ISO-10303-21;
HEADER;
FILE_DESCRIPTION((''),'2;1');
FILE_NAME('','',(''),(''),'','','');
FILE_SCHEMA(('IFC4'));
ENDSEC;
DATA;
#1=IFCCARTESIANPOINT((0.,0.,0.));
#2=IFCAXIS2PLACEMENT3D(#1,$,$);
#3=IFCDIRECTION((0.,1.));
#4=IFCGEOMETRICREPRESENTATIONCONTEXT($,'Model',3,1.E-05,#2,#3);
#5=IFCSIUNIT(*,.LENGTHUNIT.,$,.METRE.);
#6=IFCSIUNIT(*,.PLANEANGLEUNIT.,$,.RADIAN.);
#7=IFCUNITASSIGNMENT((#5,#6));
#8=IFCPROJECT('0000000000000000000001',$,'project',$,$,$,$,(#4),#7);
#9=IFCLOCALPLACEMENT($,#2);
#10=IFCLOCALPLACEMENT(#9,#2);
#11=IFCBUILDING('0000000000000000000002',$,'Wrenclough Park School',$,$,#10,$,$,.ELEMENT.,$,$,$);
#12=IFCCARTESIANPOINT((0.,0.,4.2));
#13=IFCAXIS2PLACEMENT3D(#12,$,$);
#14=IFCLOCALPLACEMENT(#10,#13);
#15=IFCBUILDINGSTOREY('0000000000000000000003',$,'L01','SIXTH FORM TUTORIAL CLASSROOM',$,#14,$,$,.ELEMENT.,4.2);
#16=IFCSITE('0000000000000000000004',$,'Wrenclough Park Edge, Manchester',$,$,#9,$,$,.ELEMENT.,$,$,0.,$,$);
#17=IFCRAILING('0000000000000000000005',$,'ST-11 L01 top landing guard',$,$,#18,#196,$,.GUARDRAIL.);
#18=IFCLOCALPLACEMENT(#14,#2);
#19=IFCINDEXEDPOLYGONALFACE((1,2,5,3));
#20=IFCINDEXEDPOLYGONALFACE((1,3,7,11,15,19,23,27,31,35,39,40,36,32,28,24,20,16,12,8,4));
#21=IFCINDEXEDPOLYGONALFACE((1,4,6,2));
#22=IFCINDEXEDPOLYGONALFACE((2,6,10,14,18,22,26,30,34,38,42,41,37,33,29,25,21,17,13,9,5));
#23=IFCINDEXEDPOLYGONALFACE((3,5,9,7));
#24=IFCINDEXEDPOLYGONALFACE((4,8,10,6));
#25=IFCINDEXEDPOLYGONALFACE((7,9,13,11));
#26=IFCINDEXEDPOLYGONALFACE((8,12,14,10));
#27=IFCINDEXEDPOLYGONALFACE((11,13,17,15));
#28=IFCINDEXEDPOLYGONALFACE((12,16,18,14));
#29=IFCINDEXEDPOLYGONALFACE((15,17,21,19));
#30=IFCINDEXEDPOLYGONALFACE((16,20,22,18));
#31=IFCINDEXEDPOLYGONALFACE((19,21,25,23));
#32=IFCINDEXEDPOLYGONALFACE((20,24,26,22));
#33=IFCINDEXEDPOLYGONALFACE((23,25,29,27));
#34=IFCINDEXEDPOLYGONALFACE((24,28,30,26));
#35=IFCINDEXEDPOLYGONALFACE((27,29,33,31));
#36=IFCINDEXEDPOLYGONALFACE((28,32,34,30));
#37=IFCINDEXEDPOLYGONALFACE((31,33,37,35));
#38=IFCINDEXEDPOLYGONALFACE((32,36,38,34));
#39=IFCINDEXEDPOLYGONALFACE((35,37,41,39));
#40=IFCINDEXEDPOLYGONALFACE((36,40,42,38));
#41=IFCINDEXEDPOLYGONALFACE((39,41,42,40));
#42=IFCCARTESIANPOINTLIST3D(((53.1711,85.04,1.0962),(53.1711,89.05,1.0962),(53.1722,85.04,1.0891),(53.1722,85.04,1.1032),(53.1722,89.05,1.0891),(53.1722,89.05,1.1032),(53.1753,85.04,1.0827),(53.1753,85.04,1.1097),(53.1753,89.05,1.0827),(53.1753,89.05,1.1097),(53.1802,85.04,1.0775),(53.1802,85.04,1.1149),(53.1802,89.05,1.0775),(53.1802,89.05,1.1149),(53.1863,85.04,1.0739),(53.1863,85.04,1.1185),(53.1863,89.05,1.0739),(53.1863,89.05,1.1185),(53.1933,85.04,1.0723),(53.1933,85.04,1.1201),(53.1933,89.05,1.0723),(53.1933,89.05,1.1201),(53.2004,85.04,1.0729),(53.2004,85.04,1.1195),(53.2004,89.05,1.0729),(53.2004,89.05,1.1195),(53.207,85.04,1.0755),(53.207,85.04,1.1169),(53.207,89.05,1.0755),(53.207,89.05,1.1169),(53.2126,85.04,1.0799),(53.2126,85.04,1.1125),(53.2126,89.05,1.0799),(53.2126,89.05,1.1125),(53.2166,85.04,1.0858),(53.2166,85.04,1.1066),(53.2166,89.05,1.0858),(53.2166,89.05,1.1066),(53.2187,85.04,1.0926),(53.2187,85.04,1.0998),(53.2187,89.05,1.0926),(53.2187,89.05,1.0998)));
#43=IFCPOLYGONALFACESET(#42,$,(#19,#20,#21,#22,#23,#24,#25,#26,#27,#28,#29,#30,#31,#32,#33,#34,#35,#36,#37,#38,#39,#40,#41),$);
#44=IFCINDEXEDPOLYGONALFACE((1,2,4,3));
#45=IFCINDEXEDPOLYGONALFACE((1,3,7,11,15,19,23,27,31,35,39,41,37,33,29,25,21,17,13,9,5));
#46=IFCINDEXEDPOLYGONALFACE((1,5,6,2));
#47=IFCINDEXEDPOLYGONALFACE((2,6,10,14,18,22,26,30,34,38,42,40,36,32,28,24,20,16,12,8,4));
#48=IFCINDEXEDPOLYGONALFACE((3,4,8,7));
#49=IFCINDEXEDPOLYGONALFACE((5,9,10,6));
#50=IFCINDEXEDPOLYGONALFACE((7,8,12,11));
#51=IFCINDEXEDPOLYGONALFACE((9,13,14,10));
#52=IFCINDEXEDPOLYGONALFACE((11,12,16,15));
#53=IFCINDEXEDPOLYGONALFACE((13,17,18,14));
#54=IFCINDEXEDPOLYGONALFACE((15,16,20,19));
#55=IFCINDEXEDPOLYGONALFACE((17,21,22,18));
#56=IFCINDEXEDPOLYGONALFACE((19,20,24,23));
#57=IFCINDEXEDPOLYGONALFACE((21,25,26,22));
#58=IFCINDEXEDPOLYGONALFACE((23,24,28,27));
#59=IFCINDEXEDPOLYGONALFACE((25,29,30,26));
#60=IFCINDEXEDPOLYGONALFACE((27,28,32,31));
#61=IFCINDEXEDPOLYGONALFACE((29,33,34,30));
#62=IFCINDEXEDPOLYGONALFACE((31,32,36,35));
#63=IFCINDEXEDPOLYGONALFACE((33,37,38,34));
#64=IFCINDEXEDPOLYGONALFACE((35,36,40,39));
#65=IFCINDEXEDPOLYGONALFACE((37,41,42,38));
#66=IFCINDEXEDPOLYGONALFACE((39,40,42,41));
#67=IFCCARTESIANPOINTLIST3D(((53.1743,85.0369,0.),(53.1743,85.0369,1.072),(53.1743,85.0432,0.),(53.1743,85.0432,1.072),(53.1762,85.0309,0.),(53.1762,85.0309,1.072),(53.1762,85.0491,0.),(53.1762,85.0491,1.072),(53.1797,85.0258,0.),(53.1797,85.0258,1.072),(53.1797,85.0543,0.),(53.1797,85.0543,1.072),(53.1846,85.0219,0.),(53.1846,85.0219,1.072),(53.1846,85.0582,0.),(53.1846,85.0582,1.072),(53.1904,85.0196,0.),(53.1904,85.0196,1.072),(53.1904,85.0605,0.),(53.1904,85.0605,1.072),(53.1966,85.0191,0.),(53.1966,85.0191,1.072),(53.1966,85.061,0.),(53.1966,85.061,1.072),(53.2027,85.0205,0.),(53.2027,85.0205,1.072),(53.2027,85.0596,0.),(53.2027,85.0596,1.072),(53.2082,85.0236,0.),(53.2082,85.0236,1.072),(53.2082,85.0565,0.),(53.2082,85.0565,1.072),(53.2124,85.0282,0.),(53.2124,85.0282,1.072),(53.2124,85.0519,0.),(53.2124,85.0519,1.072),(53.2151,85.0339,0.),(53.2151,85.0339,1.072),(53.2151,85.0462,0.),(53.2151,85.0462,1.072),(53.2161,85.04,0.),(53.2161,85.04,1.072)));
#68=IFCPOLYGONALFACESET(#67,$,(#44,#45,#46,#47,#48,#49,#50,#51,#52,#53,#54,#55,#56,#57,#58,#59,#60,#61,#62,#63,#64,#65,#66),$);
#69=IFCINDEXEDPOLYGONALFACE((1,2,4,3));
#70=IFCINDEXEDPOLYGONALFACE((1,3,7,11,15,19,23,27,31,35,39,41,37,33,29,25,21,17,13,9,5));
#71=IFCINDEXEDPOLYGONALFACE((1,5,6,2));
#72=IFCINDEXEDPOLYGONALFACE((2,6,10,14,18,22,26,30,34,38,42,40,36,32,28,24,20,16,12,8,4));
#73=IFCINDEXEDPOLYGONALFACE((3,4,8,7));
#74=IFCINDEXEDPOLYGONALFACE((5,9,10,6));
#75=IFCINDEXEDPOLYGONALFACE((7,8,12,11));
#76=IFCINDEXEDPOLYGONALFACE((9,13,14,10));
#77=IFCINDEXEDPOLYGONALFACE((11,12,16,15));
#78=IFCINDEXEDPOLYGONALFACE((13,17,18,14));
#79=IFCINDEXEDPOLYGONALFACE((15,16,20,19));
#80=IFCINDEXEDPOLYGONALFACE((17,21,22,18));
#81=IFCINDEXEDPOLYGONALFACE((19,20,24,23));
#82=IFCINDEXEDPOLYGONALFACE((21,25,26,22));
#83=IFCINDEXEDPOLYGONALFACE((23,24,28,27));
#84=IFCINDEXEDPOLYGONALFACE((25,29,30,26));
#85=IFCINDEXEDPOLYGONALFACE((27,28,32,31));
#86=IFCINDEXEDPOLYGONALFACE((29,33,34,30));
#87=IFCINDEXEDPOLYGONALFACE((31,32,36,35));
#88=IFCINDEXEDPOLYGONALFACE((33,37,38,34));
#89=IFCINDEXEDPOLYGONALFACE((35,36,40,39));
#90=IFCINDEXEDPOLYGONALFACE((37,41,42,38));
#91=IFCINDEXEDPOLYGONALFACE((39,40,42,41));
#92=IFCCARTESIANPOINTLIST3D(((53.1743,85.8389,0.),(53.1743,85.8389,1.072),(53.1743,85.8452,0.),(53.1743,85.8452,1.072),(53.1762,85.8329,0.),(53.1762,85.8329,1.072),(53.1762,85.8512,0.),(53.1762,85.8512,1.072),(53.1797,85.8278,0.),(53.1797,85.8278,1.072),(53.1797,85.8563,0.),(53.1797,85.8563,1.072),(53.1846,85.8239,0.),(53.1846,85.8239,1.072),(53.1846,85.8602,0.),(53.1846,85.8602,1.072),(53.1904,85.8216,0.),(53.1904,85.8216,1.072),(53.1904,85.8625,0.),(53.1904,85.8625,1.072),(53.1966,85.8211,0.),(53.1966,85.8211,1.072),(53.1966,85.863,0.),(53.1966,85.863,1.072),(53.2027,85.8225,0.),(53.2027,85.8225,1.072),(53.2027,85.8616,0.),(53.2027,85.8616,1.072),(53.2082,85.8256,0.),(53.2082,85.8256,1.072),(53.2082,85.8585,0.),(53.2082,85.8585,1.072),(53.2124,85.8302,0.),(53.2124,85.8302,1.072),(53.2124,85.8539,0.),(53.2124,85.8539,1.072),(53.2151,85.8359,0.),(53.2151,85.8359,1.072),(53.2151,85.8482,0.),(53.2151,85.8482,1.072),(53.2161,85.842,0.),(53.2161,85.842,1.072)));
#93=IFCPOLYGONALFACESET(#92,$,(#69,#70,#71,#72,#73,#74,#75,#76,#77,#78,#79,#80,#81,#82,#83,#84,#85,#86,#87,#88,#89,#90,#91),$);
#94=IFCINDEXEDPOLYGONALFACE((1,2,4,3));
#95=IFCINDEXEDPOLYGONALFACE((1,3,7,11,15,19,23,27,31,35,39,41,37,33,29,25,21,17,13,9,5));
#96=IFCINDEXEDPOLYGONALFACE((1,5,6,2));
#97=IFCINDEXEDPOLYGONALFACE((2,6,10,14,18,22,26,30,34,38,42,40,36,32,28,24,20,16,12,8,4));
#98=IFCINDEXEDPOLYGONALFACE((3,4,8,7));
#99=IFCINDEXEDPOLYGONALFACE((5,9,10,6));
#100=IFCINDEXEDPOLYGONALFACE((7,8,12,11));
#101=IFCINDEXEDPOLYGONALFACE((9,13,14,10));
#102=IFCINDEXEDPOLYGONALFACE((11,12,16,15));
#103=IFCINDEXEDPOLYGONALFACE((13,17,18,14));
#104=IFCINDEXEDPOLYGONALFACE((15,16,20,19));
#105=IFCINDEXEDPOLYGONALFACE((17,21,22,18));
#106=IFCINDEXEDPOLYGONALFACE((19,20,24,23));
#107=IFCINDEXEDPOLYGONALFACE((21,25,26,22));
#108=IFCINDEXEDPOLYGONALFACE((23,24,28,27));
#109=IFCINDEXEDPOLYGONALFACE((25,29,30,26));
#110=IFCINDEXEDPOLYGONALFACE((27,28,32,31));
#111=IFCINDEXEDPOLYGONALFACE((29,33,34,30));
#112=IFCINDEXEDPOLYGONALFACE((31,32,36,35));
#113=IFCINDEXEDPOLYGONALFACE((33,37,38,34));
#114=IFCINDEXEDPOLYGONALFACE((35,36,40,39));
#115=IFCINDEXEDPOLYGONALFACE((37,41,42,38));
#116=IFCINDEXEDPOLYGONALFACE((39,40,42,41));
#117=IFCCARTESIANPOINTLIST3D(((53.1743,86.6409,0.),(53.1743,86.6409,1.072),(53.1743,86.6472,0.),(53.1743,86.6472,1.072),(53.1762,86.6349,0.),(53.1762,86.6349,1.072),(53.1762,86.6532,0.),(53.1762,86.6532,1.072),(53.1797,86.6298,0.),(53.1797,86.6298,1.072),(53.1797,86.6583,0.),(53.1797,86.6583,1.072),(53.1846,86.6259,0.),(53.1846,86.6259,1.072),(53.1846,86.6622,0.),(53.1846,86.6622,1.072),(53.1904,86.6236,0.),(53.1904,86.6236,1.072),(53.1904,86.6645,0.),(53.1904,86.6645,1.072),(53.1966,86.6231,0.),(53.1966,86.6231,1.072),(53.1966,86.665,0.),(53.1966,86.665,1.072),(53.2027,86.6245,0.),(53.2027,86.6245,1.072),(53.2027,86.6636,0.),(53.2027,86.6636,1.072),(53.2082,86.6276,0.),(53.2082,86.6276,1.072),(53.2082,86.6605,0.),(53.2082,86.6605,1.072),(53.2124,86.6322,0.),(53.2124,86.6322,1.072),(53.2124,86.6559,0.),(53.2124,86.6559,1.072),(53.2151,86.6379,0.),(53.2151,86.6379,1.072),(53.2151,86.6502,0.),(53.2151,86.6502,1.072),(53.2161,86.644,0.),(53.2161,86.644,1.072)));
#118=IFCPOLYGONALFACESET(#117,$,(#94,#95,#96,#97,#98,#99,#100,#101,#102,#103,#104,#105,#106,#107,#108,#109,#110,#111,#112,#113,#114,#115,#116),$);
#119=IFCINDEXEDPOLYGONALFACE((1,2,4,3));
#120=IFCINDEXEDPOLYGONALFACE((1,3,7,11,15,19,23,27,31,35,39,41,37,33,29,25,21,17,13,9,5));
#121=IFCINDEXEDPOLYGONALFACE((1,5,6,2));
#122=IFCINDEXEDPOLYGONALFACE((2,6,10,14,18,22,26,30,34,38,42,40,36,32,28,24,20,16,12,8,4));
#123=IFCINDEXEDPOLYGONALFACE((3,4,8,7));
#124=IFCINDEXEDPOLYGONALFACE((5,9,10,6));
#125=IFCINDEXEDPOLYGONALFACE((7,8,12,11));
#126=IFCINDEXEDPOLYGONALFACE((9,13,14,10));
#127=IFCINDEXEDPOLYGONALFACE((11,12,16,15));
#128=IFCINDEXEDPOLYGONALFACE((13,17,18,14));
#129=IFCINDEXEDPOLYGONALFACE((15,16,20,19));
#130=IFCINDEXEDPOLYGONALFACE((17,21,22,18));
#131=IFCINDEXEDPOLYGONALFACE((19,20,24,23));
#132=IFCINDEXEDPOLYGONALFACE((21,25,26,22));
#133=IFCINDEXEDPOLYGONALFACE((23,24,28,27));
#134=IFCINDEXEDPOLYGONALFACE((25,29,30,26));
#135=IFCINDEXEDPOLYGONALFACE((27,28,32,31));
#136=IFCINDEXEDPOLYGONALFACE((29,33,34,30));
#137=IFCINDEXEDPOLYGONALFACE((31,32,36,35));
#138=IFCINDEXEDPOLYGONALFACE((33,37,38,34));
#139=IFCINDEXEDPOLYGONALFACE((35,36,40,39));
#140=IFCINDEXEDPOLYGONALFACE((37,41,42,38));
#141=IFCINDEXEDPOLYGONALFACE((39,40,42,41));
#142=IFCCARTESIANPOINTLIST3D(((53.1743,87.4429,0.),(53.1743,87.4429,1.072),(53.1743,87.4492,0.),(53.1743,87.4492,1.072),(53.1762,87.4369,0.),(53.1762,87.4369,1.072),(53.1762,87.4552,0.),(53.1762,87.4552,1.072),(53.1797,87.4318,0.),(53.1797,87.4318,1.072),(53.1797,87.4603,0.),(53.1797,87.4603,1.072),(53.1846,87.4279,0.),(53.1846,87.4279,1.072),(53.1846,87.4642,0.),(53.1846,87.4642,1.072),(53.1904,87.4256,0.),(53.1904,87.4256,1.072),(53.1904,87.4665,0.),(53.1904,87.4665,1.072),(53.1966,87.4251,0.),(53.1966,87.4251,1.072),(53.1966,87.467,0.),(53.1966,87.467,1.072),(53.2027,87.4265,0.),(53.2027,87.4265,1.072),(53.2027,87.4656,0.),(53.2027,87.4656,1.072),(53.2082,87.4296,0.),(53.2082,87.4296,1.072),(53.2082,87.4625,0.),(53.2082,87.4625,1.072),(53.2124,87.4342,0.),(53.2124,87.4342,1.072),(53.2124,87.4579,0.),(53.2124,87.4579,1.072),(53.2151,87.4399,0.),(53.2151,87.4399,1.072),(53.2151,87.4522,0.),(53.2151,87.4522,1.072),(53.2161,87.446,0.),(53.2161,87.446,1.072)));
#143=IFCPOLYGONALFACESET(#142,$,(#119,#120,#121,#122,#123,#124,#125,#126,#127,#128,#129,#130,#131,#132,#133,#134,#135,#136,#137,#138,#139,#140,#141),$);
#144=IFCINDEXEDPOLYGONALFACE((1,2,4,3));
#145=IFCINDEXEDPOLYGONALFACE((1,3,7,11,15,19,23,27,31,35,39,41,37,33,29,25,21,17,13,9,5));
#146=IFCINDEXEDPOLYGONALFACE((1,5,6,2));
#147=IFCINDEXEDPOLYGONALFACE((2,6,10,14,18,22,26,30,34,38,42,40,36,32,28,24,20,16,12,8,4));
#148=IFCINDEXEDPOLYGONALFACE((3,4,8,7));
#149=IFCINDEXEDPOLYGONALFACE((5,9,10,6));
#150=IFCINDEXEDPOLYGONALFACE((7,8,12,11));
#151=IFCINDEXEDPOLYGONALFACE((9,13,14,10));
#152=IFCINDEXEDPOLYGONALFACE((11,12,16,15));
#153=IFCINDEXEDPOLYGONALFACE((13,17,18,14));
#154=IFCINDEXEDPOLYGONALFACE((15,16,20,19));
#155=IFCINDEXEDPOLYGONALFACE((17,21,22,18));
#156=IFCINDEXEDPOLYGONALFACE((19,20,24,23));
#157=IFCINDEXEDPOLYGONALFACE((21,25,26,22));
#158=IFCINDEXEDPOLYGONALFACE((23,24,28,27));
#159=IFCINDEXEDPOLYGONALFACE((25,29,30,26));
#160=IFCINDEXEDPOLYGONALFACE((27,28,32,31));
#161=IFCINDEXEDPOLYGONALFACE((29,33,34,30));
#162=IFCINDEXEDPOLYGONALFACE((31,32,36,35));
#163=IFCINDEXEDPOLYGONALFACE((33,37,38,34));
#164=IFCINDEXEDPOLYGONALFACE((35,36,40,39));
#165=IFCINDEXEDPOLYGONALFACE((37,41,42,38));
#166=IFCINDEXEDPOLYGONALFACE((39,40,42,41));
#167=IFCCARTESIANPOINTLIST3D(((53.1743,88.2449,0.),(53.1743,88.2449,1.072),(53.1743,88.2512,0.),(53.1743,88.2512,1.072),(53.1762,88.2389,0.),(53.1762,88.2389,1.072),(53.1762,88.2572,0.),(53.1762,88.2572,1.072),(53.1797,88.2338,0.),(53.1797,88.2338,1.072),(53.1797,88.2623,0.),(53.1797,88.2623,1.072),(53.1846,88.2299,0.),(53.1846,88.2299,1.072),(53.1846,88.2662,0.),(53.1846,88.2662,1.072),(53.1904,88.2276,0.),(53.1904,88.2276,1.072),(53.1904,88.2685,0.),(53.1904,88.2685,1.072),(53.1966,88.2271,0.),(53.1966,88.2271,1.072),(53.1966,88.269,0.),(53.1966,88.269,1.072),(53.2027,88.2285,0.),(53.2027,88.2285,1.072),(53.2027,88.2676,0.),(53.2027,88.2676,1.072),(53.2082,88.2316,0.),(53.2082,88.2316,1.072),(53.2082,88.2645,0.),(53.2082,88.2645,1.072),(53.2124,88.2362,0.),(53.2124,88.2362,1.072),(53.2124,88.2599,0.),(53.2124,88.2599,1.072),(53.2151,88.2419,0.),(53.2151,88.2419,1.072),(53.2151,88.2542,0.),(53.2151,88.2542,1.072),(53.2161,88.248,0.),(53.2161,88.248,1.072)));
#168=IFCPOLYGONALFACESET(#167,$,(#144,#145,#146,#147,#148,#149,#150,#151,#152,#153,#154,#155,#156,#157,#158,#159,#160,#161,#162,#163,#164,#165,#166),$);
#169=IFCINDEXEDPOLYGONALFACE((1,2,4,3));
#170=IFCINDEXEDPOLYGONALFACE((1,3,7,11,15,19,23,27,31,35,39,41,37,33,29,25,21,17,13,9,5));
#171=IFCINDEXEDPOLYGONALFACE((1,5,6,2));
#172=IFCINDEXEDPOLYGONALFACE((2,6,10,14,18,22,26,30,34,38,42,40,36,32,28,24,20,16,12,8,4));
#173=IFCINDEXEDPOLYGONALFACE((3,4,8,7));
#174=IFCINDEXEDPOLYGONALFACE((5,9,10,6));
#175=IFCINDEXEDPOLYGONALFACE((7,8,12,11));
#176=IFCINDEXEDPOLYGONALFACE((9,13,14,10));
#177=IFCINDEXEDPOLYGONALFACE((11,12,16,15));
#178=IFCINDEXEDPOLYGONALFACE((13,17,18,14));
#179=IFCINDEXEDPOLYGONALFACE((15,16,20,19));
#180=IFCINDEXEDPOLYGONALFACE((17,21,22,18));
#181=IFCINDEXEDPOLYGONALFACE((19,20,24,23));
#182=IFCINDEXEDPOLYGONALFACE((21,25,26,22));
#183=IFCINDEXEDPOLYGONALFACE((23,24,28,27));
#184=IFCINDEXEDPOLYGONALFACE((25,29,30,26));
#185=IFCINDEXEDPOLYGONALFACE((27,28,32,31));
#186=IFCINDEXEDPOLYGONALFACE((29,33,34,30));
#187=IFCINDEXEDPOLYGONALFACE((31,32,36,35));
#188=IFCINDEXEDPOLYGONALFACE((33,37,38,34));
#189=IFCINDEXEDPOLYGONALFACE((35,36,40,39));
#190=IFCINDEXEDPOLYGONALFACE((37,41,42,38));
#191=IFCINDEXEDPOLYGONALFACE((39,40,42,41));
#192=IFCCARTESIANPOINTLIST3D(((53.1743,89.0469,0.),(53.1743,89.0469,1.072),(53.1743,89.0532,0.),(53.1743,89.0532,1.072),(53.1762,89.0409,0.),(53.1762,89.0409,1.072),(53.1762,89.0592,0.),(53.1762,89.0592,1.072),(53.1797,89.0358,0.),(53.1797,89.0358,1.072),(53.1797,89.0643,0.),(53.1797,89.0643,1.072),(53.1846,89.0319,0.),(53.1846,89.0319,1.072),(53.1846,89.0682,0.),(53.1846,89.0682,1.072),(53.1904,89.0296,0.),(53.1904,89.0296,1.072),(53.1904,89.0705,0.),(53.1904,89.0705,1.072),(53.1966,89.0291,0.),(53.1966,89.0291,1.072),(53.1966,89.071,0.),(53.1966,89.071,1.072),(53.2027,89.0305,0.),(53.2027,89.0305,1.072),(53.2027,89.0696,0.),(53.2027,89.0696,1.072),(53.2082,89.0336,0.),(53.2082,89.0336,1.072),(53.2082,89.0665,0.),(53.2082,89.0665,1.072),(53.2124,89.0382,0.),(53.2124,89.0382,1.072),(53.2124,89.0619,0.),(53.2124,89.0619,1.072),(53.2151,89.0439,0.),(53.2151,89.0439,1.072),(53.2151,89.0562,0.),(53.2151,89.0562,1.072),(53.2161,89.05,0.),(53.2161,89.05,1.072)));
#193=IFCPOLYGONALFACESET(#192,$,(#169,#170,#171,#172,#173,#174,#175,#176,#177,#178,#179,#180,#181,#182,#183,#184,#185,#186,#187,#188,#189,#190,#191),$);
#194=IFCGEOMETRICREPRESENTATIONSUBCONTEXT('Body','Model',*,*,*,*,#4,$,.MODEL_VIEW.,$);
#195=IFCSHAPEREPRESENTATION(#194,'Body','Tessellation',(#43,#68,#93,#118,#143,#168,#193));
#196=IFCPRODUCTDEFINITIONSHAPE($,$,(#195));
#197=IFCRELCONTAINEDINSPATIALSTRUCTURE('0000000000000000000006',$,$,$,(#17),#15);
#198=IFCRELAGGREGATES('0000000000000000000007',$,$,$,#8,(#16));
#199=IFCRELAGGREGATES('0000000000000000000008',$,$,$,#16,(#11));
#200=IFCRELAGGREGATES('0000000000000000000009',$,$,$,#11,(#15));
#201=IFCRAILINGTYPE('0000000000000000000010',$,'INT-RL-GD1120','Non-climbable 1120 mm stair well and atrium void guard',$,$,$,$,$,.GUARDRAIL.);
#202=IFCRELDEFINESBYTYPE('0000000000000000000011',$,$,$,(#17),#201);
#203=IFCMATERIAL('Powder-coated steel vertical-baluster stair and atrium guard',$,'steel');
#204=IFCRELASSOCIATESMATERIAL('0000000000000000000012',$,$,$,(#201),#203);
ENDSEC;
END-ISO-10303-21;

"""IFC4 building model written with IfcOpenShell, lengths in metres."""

from ifc_helpers import new_model, si_unit, direction, frame, origin, origin_2d, place, context, subcontext, project, spatial, circle, extrude, material, type_object, element, save


model = new_model("IFC4")

# Units and contexts
model_context = context("Model", 3, precision=1e-05, world=origin(), true_north=direction((0.0, 1.0)))
body_context = subcontext(model_context, "Body", "Model", "MODEL_VIEW")
ifc_project = project(units=[si_unit("LENGTHUNIT", "METRE"), si_unit("PLANEANGLEUNIT", "RADIAN")], contexts=[model_context])

# Site, building, storey
site_placement = place(None, origin())
site = spatial("IfcSite", under=ifc_project, at=site_placement, Name="Wrenclough Park Edge, Manchester", CompositionType="ELEMENT", RefElevation=0.0)
building_placement = place(site_placement, origin())
building = spatial("IfcBuilding", under=site, at=building_placement, Name="Wrenclough Park School", CompositionType="ELEMENT")
storey_placement = place(building_placement, frame((0.0, 0.0, 4.2)))
storey = spatial("IfcBuildingStorey", under=building, at=storey_placement, Name="L01", Description="SIXTH FORM TUTORIAL CLASSROOM", CompositionType="ELEMENT", Elevation=4.2)

# Railing
ifc_material_1 = material(Name="Powder-coated steel vertical-baluster stair and atrium guard", Category="steel")
railing_type = type_object("IfcRailingType", Name="INT-RL-GD1120", Description="Non-climbable 1120 mm stair well and atrium void guard", PredefinedType="GUARDRAIL", material=ifc_material_1)
railing_1_placement = place(storey_placement, frame((53.1951, 85.04, 0.0)))
element("IfcRailing", 1, at=railing_1_placement, inside=storey, type_object=railing_type, Name="ST-11 L01 top landing guard", PredefinedType="GUARDRAIL", context=body_context, shape_type="SweptSolid", body=[
    extrude(circle(Radius=0.0239, at=origin_2d()), frame((0.0, 0.0, 1.0962), z_axis=(0.0, 1.0, 0.0), x_axis=(-1.0, 0.0, 0.0)), (0.0, 0.0, 1.0), 4.01),
    extrude(circle(Radius=0.021, at=origin_2d()), origin(), (0.0, 0.0, 1.0), 1.072),
    extrude(circle(Radius=0.021, at=origin_2d()), frame((0.0, 0.802, 0.0)), (0.0, 0.0, 1.0), 1.072),
    extrude(circle(Radius=0.021, at=origin_2d()), frame((0.0, 1.604, 0.0)), (0.0, 0.0, 1.0), 1.072),
    extrude(circle(Radius=0.021, at=origin_2d()), frame((0.0, 2.406, 0.0)), (0.0, 0.0, 1.0), 1.072),
    extrude(circle(Radius=0.021, at=origin_2d()), frame((0.0, 3.208, 0.0)), (0.0, 0.0, 1.0), 1.072),
    extrude(circle(Radius=0.021, at=origin_2d()), frame((0.0, 4.01, 0.0)), (0.0, 0.0, 1.0), 1.072),
])

save(model, "model.ifc")
